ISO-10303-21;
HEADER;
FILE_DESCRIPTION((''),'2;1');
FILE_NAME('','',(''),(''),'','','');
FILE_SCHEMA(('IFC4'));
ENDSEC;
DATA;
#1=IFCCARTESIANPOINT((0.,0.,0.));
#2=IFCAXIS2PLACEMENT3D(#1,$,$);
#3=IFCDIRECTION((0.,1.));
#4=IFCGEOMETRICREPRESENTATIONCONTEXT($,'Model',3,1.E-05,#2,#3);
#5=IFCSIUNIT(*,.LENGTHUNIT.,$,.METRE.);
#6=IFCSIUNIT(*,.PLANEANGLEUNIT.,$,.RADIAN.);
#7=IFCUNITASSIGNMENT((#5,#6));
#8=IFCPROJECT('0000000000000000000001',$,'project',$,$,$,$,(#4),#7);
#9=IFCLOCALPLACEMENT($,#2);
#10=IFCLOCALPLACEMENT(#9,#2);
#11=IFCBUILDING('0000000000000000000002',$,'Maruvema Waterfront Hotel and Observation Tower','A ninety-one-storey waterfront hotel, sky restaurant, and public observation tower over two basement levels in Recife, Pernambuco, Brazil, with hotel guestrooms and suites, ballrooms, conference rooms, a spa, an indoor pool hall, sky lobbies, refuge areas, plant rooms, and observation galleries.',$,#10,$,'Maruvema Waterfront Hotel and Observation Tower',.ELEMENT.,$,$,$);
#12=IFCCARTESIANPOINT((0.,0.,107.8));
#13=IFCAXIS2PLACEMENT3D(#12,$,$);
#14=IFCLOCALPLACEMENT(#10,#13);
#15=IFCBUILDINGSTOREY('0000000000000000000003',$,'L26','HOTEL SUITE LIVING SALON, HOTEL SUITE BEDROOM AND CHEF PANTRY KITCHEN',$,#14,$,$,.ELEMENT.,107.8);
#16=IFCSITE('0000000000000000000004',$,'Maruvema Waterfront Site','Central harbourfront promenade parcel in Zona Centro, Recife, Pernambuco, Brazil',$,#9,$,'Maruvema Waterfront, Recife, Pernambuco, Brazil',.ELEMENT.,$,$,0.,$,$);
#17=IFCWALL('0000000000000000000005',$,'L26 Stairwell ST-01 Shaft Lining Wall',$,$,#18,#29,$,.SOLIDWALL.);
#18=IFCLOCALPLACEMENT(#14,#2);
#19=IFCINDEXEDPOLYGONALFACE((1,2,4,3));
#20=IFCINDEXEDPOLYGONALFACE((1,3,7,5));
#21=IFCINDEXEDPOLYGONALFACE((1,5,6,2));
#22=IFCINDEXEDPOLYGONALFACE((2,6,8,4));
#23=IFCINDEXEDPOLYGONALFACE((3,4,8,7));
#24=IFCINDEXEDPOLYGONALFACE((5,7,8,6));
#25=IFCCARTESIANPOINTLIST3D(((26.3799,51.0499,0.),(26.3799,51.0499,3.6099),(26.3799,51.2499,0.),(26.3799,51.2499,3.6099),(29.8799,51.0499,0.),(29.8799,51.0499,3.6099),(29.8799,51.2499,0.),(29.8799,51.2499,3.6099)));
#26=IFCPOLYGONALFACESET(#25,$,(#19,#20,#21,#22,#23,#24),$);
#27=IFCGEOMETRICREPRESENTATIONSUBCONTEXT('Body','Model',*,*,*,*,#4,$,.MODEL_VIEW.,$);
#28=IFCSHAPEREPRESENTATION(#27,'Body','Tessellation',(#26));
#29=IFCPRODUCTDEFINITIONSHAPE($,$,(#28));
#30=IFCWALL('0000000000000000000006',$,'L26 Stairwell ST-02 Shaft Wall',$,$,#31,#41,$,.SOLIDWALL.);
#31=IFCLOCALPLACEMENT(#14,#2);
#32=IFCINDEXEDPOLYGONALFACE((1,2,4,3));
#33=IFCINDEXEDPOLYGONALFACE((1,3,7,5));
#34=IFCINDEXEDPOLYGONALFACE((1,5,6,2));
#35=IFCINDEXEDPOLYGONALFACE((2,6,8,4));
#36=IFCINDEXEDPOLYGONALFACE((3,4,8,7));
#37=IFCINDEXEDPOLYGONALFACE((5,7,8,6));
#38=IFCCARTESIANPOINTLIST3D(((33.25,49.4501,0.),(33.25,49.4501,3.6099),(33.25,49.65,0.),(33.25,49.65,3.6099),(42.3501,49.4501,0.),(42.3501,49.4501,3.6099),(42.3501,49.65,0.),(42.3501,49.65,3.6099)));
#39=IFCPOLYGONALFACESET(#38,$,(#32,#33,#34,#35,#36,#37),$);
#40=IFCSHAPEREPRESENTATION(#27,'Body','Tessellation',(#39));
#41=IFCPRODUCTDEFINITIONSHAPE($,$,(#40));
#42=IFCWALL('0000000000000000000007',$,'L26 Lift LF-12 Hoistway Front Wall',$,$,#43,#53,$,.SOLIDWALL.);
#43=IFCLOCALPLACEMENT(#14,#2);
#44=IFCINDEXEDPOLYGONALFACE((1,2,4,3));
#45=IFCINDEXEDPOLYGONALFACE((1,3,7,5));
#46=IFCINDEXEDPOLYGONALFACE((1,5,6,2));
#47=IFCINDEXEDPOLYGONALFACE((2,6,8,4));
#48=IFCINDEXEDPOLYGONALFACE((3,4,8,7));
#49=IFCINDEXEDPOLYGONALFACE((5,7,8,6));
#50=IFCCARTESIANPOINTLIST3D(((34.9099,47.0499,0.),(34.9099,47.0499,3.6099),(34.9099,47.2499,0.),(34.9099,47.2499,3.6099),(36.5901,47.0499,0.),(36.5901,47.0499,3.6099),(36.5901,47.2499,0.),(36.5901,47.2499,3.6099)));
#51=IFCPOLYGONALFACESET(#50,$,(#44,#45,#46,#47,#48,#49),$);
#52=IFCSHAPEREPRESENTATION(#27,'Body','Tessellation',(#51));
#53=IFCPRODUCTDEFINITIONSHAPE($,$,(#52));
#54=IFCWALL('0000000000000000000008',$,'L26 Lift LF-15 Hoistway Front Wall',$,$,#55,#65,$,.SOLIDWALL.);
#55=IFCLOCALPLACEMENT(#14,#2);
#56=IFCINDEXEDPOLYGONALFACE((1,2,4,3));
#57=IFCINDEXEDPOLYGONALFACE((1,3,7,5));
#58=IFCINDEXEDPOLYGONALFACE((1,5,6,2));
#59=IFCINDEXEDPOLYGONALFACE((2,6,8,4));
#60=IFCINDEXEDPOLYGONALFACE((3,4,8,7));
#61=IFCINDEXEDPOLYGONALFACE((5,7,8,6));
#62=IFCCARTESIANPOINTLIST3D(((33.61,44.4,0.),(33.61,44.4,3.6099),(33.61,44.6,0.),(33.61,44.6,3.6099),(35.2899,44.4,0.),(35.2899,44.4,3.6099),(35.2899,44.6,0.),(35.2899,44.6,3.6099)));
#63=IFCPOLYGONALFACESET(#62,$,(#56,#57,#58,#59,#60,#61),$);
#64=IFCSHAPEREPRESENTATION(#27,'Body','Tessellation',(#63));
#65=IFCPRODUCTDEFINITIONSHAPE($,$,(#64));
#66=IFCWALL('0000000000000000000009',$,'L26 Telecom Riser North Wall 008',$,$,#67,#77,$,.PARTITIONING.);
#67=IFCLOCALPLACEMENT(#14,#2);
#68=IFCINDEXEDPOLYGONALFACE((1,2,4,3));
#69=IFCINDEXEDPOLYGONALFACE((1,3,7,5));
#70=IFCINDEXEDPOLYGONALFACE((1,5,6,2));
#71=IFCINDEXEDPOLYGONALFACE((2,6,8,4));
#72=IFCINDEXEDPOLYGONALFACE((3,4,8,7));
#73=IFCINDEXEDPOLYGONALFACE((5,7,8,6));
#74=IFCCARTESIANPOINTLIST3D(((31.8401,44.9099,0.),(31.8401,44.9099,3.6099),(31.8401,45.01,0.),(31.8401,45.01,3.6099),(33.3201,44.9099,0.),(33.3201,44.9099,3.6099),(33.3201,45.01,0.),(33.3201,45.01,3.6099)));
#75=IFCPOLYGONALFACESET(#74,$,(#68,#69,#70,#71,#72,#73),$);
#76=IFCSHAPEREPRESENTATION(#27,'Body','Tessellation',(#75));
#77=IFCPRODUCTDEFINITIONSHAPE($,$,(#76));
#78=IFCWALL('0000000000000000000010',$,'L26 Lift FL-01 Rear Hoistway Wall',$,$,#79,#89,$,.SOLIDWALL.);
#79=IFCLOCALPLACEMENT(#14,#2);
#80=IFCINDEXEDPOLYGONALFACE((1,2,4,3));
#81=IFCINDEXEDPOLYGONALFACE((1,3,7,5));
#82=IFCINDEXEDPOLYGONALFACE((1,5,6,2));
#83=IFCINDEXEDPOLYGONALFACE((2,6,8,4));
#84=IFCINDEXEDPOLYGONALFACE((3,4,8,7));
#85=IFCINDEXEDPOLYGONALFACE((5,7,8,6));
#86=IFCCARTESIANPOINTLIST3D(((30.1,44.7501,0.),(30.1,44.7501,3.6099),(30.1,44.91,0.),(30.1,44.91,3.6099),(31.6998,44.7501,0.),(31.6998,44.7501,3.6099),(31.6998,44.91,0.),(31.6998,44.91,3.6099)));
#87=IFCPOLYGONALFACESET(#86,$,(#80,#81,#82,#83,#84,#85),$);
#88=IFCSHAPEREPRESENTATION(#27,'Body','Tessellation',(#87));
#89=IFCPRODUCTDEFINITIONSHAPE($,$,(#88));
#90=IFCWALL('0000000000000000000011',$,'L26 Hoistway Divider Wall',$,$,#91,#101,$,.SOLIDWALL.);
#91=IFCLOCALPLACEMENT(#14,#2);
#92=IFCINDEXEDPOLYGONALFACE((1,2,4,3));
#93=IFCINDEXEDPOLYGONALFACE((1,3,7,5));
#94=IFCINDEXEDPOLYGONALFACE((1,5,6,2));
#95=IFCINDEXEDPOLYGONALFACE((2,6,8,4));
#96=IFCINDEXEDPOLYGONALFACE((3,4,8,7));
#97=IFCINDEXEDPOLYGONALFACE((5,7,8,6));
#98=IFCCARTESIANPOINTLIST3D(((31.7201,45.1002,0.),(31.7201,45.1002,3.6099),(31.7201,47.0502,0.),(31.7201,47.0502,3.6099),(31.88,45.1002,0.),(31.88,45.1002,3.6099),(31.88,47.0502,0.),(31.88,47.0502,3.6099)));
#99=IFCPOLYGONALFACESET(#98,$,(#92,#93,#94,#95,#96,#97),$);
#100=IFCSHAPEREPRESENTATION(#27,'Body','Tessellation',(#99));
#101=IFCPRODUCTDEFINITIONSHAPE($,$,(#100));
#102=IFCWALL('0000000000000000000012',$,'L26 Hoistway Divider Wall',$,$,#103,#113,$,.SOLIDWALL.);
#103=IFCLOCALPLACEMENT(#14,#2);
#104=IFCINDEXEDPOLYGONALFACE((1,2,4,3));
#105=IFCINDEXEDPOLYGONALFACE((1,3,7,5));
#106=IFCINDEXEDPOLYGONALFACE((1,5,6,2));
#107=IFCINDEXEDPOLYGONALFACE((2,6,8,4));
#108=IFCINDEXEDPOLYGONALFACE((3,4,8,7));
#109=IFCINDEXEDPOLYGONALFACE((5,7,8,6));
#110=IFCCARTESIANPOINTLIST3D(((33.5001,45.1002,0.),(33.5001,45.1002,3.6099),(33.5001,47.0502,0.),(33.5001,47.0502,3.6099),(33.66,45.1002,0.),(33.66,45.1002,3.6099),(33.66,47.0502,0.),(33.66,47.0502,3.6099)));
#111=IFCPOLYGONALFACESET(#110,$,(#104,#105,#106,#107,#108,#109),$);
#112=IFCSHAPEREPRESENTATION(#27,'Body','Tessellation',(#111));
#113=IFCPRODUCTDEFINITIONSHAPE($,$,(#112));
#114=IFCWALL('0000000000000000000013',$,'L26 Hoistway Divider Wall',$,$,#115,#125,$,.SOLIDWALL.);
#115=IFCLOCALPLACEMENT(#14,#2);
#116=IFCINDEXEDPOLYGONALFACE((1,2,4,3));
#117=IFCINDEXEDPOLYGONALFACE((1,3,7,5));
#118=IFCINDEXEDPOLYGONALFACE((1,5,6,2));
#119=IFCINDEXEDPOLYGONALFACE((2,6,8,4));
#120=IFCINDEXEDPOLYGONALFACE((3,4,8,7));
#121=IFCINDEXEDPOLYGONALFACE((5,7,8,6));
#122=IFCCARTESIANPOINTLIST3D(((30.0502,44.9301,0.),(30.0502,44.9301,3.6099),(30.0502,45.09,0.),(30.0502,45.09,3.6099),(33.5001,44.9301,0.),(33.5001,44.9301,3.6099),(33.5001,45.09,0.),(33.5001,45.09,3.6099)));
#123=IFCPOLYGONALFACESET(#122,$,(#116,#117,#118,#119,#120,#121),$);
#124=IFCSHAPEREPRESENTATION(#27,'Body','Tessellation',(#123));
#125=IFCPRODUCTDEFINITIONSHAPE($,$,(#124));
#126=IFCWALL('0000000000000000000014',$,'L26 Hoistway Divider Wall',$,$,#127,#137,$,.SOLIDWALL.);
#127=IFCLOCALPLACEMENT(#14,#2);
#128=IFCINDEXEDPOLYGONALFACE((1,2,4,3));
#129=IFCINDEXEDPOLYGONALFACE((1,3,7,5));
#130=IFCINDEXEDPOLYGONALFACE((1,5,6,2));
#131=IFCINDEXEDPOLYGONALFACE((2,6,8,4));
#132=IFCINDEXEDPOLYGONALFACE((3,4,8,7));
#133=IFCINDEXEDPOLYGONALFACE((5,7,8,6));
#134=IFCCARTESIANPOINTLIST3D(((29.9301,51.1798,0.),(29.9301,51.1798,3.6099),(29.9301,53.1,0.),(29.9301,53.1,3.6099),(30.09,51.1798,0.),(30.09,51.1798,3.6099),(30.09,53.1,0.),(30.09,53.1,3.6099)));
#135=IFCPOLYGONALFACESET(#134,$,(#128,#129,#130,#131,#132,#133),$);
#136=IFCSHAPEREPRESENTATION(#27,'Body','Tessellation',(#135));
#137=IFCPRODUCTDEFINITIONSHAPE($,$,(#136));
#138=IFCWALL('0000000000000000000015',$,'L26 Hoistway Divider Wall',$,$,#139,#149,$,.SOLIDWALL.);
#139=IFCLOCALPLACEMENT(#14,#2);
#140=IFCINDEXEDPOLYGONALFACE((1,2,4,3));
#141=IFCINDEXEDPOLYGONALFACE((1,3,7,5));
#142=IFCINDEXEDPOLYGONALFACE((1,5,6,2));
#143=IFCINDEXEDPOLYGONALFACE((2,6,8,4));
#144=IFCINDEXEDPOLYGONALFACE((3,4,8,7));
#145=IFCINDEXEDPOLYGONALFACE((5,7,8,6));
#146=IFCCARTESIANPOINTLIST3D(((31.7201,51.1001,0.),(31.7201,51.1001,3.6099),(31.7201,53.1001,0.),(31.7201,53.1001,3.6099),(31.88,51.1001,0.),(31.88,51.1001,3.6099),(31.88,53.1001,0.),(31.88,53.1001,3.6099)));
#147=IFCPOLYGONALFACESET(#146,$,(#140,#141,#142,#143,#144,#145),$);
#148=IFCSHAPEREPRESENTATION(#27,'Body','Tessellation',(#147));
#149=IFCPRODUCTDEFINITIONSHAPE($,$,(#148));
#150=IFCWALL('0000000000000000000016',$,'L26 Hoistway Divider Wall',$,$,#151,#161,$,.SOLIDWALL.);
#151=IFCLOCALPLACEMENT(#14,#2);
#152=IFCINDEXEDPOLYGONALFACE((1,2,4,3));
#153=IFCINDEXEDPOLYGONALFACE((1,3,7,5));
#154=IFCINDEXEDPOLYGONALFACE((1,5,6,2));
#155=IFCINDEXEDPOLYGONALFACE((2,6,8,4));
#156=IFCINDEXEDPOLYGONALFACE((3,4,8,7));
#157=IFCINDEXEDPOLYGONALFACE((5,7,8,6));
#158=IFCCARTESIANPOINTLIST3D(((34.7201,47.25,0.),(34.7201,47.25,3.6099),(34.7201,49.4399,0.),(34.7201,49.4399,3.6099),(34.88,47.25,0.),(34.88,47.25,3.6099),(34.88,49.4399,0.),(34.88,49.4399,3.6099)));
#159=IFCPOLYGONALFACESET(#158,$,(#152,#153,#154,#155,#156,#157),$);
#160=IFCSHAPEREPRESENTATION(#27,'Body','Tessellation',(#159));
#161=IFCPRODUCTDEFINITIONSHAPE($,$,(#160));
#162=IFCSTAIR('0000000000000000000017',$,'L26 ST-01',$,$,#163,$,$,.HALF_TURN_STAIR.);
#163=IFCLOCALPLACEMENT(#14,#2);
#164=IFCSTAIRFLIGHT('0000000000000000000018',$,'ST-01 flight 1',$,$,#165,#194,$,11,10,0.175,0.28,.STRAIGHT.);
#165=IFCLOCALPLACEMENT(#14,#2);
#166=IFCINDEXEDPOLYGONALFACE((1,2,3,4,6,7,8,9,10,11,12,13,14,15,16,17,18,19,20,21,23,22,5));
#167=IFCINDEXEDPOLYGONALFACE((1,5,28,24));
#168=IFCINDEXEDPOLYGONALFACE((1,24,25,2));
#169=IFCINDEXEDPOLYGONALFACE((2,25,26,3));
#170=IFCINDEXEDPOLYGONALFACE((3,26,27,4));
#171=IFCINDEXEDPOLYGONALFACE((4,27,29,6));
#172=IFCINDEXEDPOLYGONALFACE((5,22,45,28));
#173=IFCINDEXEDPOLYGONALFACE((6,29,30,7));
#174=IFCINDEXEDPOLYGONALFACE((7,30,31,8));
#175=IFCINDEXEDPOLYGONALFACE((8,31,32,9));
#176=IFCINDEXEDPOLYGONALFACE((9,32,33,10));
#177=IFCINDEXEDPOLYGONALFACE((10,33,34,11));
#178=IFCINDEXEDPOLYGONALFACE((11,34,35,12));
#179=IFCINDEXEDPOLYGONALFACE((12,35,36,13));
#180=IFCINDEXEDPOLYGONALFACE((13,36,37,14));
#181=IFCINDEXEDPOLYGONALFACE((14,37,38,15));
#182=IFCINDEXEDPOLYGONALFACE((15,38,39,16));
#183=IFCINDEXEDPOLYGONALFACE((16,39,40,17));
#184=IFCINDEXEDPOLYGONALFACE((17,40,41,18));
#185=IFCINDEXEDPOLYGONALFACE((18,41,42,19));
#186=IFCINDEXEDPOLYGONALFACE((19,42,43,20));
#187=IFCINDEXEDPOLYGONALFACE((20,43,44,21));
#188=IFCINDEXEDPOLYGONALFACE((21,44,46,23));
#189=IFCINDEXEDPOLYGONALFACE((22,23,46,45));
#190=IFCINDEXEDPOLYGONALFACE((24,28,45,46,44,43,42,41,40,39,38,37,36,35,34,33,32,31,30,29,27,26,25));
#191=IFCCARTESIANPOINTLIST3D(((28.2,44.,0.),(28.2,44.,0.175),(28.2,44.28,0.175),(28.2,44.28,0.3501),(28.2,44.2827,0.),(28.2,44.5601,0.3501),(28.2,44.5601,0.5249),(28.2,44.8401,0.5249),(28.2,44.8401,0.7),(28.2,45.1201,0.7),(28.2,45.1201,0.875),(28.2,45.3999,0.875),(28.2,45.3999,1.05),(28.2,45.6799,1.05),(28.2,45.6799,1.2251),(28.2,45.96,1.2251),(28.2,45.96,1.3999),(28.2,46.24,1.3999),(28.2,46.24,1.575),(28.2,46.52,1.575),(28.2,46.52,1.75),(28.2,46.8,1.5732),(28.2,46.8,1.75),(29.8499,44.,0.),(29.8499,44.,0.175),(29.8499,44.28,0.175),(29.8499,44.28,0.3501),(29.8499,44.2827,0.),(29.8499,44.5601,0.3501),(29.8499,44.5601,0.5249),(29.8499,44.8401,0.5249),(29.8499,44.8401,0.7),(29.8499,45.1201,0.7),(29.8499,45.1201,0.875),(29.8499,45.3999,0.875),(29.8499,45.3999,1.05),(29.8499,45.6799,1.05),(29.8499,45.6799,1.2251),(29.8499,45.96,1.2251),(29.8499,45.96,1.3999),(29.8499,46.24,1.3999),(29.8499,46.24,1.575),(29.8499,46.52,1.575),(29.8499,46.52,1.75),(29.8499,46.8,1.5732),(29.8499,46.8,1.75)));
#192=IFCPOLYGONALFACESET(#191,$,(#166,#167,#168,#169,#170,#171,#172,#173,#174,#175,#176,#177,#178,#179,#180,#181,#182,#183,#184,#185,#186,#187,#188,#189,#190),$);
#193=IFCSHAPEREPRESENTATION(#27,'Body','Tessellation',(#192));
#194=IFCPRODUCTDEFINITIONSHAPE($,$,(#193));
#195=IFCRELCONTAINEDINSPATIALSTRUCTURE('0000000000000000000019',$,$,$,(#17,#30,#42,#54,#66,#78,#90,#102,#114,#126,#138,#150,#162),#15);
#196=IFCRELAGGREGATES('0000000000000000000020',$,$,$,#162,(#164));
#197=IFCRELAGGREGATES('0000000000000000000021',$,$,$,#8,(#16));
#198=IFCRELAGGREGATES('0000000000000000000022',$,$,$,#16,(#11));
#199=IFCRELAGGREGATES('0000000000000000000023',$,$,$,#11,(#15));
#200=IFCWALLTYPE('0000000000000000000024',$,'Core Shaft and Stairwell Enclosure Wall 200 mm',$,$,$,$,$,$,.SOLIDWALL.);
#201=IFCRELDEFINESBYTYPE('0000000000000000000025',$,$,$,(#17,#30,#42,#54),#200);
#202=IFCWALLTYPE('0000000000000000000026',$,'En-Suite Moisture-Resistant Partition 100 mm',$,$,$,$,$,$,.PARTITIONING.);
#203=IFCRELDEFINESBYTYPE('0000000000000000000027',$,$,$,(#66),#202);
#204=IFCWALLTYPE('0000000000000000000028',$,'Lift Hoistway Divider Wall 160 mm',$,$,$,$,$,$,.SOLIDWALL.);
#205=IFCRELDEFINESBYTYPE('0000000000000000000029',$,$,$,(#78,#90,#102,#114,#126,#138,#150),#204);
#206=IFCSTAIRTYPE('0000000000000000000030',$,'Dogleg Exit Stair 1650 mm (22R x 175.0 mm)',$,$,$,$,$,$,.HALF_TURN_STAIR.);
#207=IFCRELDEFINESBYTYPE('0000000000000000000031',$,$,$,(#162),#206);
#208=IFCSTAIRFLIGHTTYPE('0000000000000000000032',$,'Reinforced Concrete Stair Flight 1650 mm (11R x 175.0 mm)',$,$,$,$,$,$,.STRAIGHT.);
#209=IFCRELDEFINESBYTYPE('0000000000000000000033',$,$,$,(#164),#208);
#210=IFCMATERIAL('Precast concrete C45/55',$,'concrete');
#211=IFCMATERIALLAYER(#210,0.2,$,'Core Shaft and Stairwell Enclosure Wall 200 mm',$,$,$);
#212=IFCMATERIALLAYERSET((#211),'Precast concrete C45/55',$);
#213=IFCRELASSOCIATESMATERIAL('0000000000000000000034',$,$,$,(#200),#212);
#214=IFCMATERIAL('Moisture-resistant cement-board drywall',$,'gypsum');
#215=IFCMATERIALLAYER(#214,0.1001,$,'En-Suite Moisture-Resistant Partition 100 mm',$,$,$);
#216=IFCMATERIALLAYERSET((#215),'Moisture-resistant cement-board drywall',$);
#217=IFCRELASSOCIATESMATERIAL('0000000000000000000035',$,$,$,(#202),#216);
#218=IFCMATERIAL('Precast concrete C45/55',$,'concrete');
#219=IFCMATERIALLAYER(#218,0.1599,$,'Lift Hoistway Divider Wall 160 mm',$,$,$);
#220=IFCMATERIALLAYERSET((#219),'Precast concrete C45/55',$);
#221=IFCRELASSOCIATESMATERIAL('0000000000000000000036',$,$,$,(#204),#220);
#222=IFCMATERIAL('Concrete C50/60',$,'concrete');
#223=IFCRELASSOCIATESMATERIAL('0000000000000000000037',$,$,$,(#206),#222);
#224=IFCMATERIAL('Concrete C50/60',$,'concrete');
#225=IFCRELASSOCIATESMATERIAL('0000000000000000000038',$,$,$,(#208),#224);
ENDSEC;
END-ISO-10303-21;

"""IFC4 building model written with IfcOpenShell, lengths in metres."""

from ifc_helpers import new_model, si_unit, direction, frame, frame_2d, origin, place, context, subcontext, project, spatial, polyline, rectangle, outline, extrude, material, layer, layer_set, type_object, element, aggregate, save


model = new_model("IFC4")

# Units and contexts
model_context = context("Model", 3, precision=1e-05, world=origin(), true_north=direction((0.0, 1.0)))
body_context = subcontext(model_context, "Body", "Model", "MODEL_VIEW")
ifc_project = project(units=[si_unit("LENGTHUNIT", "METRE"), si_unit("PLANEANGLEUNIT", "RADIAN")], contexts=[model_context])

# Site, building, storey
site_placement = place(None, origin())
site = spatial("IfcSite", under=ifc_project, at=site_placement, Name="Maruvema Waterfront Site", Description="Central harbourfront promenade parcel in Zona Centro, Recife, Pernambuco, Brazil", LongName="Maruvema Waterfront, Recife, Pernambuco, Brazil", CompositionType="ELEMENT", RefElevation=0.0)
building_placement = place(site_placement, origin())
building = spatial("IfcBuilding", under=site, at=building_placement, Name="Maruvema Waterfront Hotel and Observation Tower", Description="A ninety-one-storey waterfront hotel, sky restaurant, and public observation tower over two basement levels in Recife, Pernambuco, Brazil, with hotel guestrooms and suites, ballrooms, conference rooms, a spa, an indoor pool hall, sky lobbies, refuge areas, plant rooms, and observation galleries.", LongName="Maruvema Waterfront Hotel and Observation Tower", CompositionType="ELEMENT")
storey_placement = place(building_placement, frame((0.0, 0.0, 107.8)))
storey = spatial("IfcBuildingStorey", under=building, at=storey_placement, Name="L26", Description="HOTEL SUITE LIVING SALON, HOTEL SUITE BEDROOM AND CHEF PANTRY KITCHEN", CompositionType="ELEMENT", Elevation=107.8)

# Walls
ifc_material_1 = material(Name="Precast concrete C45/55", Category="concrete")
ifc_layer_1 = layer(ifc_material_1, 0.2, Name="Core Shaft and Stairwell Enclosure Wall 200 mm")
ifc_layer_set_1 = layer_set([ifc_layer_1], Name="Precast concrete C45/55")
wall_type_1 = type_object("IfcWallType", Name="Core Shaft and Stairwell Enclosure Wall 200 mm", PredefinedType="SOLIDWALL", material=ifc_layer_set_1)
wall_1_placement = place(storey_placement, frame((26.3799, 51.1499, 0.0), z_axis=(0.0, 0.0, 1.0), x_axis=(1.0, 0.0, 0.0)))
element("IfcWall", 1, at=wall_1_placement, inside=storey, type_object=wall_type_1, Name="L26 Stairwell ST-01 Shaft Lining Wall", PredefinedType="SOLIDWALL", context=body_context, shape_type="SweptSolid", body=[
    extrude(rectangle(XDim=3.5, YDim=0.2, at=frame_2d((1.75, 0.0))), origin(), (0.0, 0.0, 1.0), 3.6099),
])
wall_2_placement = place(storey_placement, frame((33.25, 49.55, 0.0), z_axis=(0.0, 0.0, 1.0), x_axis=(1.0, 0.0, 0.0)))
element("IfcWall", 2, at=wall_2_placement, inside=storey, type_object=wall_type_1, Name="L26 Stairwell ST-02 Shaft Wall", PredefinedType="SOLIDWALL", context=body_context, shape_type="SweptSolid", body=[
    extrude(rectangle(XDim=9.1001, YDim=0.2, at=frame_2d((4.55, 0.0))), origin(), (0.0, 0.0, 1.0), 3.6099),
])

# Walls
wall_3_placement = place(storey_placement, frame((34.9099, 47.1499, 0.0), z_axis=(0.0, 0.0, 1.0), x_axis=(1.0, 0.0, 0.0)))
element("IfcWall", 3, at=wall_3_placement, inside=storey, type_object=wall_type_1, Name="L26 Lift LF-12 Hoistway Front Wall", PredefinedType="SOLIDWALL", context=body_context, shape_type="SweptSolid", body=[
    extrude(rectangle(XDim=1.6802, YDim=0.2, at=frame_2d((0.8401, 0.0))), origin(), (0.0, 0.0, 1.0), 3.6099),
])
wall_4_placement = place(storey_placement, frame((33.6101, 44.5, 0.0), z_axis=(0.0, 0.0, 1.0), x_axis=(1.0, 0.0, 0.0)))
element("IfcWall", 4, at=wall_4_placement, inside=storey, type_object=wall_type_1, Name="L26 Lift LF-15 Hoistway Front Wall", PredefinedType="SOLIDWALL", context=body_context, shape_type="SweptSolid", body=[
    extrude(rectangle(XDim=1.6799, YDim=0.2, at=frame_2d((0.8398, 0.0))), origin(), (0.0, 0.0, 1.0), 3.6099),
])
ifc_material_2 = material(Name="Moisture-resistant cement-board drywall", Category="gypsum")
ifc_layer_2 = layer(ifc_material_2, 0.1001, Name="En-Suite Moisture-Resistant Partition 100 mm")
ifc_layer_set_2 = layer_set([ifc_layer_2], Name="Moisture-resistant cement-board drywall")
wall_type_2 = type_object("IfcWallType", Name="En-Suite Moisture-Resistant Partition 100 mm", PredefinedType="PARTITIONING", material=ifc_layer_set_2)
wall_5_placement = place(storey_placement, frame((31.8401, 44.96, 0.0), z_axis=(0.0, 0.0, 1.0), x_axis=(1.0, 0.0, 0.0)))
element("IfcWall", 5, at=wall_5_placement, inside=storey, type_object=wall_type_2, Name="L26 Telecom Riser North Wall 008", PredefinedType="PARTITIONING", context=body_context, shape_type="SweptSolid", body=[
    extrude(rectangle(XDim=1.48, YDim=0.1001, at=frame_2d((0.74, 0.0))), origin(), (0.0, 0.0, 1.0), 3.6099),
])
ifc_material_3 = material(Name="Precast concrete C45/55", Category="concrete")
ifc_layer_3 = layer(ifc_material_3, 0.1599, Name="Lift Hoistway Divider Wall 160 mm")
ifc_layer_set_3 = layer_set([ifc_layer_3], Name="Precast concrete C45/55")
wall_type_3 = type_object("IfcWallType", Name="Lift Hoistway Divider Wall 160 mm", PredefinedType="SOLIDWALL", material=ifc_layer_set_3)
wall_6_placement = place(storey_placement, frame((30.1001, 44.8301, 0.0), z_axis=(0.0, 0.0, 1.0), x_axis=(1.0, 0.0, 0.0)))
element("IfcWall", 6, at=wall_6_placement, inside=storey, type_object=wall_type_3, Name="L26 Lift FL-01 Rear Hoistway Wall", PredefinedType="SOLIDWALL", context=body_context, shape_type="SweptSolid", body=[
    extrude(rectangle(XDim=1.5999, YDim=0.1599, at=frame_2d((0.7998, 0.0))), origin(), (0.0, 0.0, 1.0), 3.6099),
])
for number, where, z_axis, x_axis, name in (
    (7, (31.8, 45.1001, 0.0), (0.0, 0.0, 1.0), (0.0, 1.0, 0.0), "L26 Hoistway Divider Wall"),
    (8, (33.5801, 45.1001, 0.0), (0.0, 0.0, 1.0), (0.0, 1.0, 0.0), "L26 Hoistway Divider Wall"),
):
    element("IfcWall", number, at=place(storey_placement, frame(where, z_axis=z_axis, x_axis=x_axis)), inside=storey, type_object=wall_type_3, Name=name, PredefinedType="SOLIDWALL", context=body_context, shape_type="SweptSolid", body=[
        extrude(rectangle(XDim=1.95, YDim=0.1599, at=frame_2d((0.9751, 0.0))), origin(), (0.0, 0.0, 1.0), 3.6099),
    ])
wall_7_placement = place(storey_placement, frame((30.05, 45.01, 0.0), z_axis=(0.0, 0.0, 1.0), x_axis=(1.0, 0.0, 0.0)))
element("IfcWall", 9, at=wall_7_placement, inside=storey, type_object=wall_type_3, Name="L26 Hoistway Divider Wall", PredefinedType="SOLIDWALL", context=body_context, shape_type="SweptSolid", body=[
    extrude(rectangle(XDim=3.45, YDim=0.1599, at=frame_2d((1.7251, 0.0))), origin(), (0.0, 0.0, 1.0), 3.6099),
])
wall_8_placement = place(storey_placement, frame((30.01, 51.1799, 0.0), z_axis=(0.0, 0.0, 1.0), x_axis=(0.0, 1.0, 0.0)))
element("IfcWall", 10, at=wall_8_placement, inside=storey, type_object=wall_type_3, Name="L26 Hoistway Divider Wall", PredefinedType="SOLIDWALL", context=body_context, shape_type="SweptSolid", body=[
    extrude(rectangle(XDim=1.9202, YDim=0.1599, at=frame_2d((0.96, 0.0))), origin(), (0.0, 0.0, 1.0), 3.6099),
])
wall_9_placement = place(storey_placement, frame((31.8, 51.1001, 0.0), z_axis=(0.0, 0.0, 1.0), x_axis=(0.0, 1.0, 0.0)))
element("IfcWall", 11, at=wall_9_placement, inside=storey, type_object=wall_type_3, Name="L26 Hoistway Divider Wall", PredefinedType="SOLIDWALL", context=body_context, shape_type="SweptSolid", body=[
    extrude(rectangle(XDim=2.0, YDim=0.1599, at=frame_2d((1.0, 0.0))), origin(), (0.0, 0.0, 1.0), 3.6099),
])
wall_10_placement = place(storey_placement, frame((34.8, 47.25, 0.0), z_axis=(0.0, 0.0, 1.0), x_axis=(0.0, 1.0, 0.0)))
element("IfcWall", 12, at=wall_10_placement, inside=storey, type_object=wall_type_3, Name="L26 Hoistway Divider Wall", PredefinedType="SOLIDWALL", context=body_context, shape_type="SweptSolid", body=[
    extrude(rectangle(XDim=2.1899, YDim=0.1599, at=frame_2d((1.095, 0.0))), origin(), (0.0, 0.0, 1.0), 3.6099),
])

# Stair, stair flight
ifc_material_4 = material(Name="Concrete C50/60", Category="concrete")
stair_type = type_object("IfcStairType", Name="Dogleg Exit Stair 1650 mm (22R x 175.0 mm)", PredefinedType="HALF_TURN_STAIR", material=ifc_material_4)
stair_1_placement = place(storey_placement, origin())
stair_1 = element("IfcStair", 13, at=stair_1_placement, inside=storey, type_object=stair_type, Name="L26 ST-01", PredefinedType="HALF_TURN_STAIR")
ifc_material_5 = material(Name="Concrete C50/60", Category="concrete")
stair_flight_type = type_object("IfcStairFlightType", Name="Reinforced Concrete Stair Flight 1650 mm (11R x 175.0 mm)", PredefinedType="STRAIGHT", material=ifc_material_5)
stair_flight_1_placement = place(storey_placement, frame((29.0249, 44.0, 0.0), z_axis=(0.0, 0.0, 1.0), x_axis=(0.0, 1.0, 0.0)))
stair_flight_1 = element("IfcStairFlight", 14, at=stair_flight_1_placement, type_object=stair_flight_type, Name="ST-01 flight 1", NumberOfRisers=11, NumberOfTreads=10, PredefinedType="STRAIGHT", RiserHeight=0.175, TreadLength=0.28, context=body_context, shape_type="SweptSolid", body=[
    extrude(outline(polyline([(0.0, 0.0), (0.0, 0.175), (0.28, 0.175), (0.28, 0.3501), (0.5601, 0.3501), (0.5601, 0.5249), (0.8401, 0.5249), (0.8401, 0.7), (1.1201, 0.7), (1.1201, 0.875), (1.3999, 0.875), (1.3999, 1.05), (1.6799, 1.05), (1.6799, 1.2251), (1.96, 1.2251), (1.96, 1.3999), (2.24, 1.3999), (2.24, 1.575), (2.52, 1.575), (2.52, 1.75), (2.8, 1.75), (2.8, 1.925), (2.8, 1.5732), (0.2827, 0.0), (0.0, 0.0)])), frame((0.0, 0.825, 0.0), z_axis=(0.0, -1.0, 0.0), x_axis=(1.0, 0.0, 0.0)), (0.0, 0.0, 1.0), 1.6499),
])
aggregate(stair_1, [stair_flight_1])

save(model, "model.ifc")
